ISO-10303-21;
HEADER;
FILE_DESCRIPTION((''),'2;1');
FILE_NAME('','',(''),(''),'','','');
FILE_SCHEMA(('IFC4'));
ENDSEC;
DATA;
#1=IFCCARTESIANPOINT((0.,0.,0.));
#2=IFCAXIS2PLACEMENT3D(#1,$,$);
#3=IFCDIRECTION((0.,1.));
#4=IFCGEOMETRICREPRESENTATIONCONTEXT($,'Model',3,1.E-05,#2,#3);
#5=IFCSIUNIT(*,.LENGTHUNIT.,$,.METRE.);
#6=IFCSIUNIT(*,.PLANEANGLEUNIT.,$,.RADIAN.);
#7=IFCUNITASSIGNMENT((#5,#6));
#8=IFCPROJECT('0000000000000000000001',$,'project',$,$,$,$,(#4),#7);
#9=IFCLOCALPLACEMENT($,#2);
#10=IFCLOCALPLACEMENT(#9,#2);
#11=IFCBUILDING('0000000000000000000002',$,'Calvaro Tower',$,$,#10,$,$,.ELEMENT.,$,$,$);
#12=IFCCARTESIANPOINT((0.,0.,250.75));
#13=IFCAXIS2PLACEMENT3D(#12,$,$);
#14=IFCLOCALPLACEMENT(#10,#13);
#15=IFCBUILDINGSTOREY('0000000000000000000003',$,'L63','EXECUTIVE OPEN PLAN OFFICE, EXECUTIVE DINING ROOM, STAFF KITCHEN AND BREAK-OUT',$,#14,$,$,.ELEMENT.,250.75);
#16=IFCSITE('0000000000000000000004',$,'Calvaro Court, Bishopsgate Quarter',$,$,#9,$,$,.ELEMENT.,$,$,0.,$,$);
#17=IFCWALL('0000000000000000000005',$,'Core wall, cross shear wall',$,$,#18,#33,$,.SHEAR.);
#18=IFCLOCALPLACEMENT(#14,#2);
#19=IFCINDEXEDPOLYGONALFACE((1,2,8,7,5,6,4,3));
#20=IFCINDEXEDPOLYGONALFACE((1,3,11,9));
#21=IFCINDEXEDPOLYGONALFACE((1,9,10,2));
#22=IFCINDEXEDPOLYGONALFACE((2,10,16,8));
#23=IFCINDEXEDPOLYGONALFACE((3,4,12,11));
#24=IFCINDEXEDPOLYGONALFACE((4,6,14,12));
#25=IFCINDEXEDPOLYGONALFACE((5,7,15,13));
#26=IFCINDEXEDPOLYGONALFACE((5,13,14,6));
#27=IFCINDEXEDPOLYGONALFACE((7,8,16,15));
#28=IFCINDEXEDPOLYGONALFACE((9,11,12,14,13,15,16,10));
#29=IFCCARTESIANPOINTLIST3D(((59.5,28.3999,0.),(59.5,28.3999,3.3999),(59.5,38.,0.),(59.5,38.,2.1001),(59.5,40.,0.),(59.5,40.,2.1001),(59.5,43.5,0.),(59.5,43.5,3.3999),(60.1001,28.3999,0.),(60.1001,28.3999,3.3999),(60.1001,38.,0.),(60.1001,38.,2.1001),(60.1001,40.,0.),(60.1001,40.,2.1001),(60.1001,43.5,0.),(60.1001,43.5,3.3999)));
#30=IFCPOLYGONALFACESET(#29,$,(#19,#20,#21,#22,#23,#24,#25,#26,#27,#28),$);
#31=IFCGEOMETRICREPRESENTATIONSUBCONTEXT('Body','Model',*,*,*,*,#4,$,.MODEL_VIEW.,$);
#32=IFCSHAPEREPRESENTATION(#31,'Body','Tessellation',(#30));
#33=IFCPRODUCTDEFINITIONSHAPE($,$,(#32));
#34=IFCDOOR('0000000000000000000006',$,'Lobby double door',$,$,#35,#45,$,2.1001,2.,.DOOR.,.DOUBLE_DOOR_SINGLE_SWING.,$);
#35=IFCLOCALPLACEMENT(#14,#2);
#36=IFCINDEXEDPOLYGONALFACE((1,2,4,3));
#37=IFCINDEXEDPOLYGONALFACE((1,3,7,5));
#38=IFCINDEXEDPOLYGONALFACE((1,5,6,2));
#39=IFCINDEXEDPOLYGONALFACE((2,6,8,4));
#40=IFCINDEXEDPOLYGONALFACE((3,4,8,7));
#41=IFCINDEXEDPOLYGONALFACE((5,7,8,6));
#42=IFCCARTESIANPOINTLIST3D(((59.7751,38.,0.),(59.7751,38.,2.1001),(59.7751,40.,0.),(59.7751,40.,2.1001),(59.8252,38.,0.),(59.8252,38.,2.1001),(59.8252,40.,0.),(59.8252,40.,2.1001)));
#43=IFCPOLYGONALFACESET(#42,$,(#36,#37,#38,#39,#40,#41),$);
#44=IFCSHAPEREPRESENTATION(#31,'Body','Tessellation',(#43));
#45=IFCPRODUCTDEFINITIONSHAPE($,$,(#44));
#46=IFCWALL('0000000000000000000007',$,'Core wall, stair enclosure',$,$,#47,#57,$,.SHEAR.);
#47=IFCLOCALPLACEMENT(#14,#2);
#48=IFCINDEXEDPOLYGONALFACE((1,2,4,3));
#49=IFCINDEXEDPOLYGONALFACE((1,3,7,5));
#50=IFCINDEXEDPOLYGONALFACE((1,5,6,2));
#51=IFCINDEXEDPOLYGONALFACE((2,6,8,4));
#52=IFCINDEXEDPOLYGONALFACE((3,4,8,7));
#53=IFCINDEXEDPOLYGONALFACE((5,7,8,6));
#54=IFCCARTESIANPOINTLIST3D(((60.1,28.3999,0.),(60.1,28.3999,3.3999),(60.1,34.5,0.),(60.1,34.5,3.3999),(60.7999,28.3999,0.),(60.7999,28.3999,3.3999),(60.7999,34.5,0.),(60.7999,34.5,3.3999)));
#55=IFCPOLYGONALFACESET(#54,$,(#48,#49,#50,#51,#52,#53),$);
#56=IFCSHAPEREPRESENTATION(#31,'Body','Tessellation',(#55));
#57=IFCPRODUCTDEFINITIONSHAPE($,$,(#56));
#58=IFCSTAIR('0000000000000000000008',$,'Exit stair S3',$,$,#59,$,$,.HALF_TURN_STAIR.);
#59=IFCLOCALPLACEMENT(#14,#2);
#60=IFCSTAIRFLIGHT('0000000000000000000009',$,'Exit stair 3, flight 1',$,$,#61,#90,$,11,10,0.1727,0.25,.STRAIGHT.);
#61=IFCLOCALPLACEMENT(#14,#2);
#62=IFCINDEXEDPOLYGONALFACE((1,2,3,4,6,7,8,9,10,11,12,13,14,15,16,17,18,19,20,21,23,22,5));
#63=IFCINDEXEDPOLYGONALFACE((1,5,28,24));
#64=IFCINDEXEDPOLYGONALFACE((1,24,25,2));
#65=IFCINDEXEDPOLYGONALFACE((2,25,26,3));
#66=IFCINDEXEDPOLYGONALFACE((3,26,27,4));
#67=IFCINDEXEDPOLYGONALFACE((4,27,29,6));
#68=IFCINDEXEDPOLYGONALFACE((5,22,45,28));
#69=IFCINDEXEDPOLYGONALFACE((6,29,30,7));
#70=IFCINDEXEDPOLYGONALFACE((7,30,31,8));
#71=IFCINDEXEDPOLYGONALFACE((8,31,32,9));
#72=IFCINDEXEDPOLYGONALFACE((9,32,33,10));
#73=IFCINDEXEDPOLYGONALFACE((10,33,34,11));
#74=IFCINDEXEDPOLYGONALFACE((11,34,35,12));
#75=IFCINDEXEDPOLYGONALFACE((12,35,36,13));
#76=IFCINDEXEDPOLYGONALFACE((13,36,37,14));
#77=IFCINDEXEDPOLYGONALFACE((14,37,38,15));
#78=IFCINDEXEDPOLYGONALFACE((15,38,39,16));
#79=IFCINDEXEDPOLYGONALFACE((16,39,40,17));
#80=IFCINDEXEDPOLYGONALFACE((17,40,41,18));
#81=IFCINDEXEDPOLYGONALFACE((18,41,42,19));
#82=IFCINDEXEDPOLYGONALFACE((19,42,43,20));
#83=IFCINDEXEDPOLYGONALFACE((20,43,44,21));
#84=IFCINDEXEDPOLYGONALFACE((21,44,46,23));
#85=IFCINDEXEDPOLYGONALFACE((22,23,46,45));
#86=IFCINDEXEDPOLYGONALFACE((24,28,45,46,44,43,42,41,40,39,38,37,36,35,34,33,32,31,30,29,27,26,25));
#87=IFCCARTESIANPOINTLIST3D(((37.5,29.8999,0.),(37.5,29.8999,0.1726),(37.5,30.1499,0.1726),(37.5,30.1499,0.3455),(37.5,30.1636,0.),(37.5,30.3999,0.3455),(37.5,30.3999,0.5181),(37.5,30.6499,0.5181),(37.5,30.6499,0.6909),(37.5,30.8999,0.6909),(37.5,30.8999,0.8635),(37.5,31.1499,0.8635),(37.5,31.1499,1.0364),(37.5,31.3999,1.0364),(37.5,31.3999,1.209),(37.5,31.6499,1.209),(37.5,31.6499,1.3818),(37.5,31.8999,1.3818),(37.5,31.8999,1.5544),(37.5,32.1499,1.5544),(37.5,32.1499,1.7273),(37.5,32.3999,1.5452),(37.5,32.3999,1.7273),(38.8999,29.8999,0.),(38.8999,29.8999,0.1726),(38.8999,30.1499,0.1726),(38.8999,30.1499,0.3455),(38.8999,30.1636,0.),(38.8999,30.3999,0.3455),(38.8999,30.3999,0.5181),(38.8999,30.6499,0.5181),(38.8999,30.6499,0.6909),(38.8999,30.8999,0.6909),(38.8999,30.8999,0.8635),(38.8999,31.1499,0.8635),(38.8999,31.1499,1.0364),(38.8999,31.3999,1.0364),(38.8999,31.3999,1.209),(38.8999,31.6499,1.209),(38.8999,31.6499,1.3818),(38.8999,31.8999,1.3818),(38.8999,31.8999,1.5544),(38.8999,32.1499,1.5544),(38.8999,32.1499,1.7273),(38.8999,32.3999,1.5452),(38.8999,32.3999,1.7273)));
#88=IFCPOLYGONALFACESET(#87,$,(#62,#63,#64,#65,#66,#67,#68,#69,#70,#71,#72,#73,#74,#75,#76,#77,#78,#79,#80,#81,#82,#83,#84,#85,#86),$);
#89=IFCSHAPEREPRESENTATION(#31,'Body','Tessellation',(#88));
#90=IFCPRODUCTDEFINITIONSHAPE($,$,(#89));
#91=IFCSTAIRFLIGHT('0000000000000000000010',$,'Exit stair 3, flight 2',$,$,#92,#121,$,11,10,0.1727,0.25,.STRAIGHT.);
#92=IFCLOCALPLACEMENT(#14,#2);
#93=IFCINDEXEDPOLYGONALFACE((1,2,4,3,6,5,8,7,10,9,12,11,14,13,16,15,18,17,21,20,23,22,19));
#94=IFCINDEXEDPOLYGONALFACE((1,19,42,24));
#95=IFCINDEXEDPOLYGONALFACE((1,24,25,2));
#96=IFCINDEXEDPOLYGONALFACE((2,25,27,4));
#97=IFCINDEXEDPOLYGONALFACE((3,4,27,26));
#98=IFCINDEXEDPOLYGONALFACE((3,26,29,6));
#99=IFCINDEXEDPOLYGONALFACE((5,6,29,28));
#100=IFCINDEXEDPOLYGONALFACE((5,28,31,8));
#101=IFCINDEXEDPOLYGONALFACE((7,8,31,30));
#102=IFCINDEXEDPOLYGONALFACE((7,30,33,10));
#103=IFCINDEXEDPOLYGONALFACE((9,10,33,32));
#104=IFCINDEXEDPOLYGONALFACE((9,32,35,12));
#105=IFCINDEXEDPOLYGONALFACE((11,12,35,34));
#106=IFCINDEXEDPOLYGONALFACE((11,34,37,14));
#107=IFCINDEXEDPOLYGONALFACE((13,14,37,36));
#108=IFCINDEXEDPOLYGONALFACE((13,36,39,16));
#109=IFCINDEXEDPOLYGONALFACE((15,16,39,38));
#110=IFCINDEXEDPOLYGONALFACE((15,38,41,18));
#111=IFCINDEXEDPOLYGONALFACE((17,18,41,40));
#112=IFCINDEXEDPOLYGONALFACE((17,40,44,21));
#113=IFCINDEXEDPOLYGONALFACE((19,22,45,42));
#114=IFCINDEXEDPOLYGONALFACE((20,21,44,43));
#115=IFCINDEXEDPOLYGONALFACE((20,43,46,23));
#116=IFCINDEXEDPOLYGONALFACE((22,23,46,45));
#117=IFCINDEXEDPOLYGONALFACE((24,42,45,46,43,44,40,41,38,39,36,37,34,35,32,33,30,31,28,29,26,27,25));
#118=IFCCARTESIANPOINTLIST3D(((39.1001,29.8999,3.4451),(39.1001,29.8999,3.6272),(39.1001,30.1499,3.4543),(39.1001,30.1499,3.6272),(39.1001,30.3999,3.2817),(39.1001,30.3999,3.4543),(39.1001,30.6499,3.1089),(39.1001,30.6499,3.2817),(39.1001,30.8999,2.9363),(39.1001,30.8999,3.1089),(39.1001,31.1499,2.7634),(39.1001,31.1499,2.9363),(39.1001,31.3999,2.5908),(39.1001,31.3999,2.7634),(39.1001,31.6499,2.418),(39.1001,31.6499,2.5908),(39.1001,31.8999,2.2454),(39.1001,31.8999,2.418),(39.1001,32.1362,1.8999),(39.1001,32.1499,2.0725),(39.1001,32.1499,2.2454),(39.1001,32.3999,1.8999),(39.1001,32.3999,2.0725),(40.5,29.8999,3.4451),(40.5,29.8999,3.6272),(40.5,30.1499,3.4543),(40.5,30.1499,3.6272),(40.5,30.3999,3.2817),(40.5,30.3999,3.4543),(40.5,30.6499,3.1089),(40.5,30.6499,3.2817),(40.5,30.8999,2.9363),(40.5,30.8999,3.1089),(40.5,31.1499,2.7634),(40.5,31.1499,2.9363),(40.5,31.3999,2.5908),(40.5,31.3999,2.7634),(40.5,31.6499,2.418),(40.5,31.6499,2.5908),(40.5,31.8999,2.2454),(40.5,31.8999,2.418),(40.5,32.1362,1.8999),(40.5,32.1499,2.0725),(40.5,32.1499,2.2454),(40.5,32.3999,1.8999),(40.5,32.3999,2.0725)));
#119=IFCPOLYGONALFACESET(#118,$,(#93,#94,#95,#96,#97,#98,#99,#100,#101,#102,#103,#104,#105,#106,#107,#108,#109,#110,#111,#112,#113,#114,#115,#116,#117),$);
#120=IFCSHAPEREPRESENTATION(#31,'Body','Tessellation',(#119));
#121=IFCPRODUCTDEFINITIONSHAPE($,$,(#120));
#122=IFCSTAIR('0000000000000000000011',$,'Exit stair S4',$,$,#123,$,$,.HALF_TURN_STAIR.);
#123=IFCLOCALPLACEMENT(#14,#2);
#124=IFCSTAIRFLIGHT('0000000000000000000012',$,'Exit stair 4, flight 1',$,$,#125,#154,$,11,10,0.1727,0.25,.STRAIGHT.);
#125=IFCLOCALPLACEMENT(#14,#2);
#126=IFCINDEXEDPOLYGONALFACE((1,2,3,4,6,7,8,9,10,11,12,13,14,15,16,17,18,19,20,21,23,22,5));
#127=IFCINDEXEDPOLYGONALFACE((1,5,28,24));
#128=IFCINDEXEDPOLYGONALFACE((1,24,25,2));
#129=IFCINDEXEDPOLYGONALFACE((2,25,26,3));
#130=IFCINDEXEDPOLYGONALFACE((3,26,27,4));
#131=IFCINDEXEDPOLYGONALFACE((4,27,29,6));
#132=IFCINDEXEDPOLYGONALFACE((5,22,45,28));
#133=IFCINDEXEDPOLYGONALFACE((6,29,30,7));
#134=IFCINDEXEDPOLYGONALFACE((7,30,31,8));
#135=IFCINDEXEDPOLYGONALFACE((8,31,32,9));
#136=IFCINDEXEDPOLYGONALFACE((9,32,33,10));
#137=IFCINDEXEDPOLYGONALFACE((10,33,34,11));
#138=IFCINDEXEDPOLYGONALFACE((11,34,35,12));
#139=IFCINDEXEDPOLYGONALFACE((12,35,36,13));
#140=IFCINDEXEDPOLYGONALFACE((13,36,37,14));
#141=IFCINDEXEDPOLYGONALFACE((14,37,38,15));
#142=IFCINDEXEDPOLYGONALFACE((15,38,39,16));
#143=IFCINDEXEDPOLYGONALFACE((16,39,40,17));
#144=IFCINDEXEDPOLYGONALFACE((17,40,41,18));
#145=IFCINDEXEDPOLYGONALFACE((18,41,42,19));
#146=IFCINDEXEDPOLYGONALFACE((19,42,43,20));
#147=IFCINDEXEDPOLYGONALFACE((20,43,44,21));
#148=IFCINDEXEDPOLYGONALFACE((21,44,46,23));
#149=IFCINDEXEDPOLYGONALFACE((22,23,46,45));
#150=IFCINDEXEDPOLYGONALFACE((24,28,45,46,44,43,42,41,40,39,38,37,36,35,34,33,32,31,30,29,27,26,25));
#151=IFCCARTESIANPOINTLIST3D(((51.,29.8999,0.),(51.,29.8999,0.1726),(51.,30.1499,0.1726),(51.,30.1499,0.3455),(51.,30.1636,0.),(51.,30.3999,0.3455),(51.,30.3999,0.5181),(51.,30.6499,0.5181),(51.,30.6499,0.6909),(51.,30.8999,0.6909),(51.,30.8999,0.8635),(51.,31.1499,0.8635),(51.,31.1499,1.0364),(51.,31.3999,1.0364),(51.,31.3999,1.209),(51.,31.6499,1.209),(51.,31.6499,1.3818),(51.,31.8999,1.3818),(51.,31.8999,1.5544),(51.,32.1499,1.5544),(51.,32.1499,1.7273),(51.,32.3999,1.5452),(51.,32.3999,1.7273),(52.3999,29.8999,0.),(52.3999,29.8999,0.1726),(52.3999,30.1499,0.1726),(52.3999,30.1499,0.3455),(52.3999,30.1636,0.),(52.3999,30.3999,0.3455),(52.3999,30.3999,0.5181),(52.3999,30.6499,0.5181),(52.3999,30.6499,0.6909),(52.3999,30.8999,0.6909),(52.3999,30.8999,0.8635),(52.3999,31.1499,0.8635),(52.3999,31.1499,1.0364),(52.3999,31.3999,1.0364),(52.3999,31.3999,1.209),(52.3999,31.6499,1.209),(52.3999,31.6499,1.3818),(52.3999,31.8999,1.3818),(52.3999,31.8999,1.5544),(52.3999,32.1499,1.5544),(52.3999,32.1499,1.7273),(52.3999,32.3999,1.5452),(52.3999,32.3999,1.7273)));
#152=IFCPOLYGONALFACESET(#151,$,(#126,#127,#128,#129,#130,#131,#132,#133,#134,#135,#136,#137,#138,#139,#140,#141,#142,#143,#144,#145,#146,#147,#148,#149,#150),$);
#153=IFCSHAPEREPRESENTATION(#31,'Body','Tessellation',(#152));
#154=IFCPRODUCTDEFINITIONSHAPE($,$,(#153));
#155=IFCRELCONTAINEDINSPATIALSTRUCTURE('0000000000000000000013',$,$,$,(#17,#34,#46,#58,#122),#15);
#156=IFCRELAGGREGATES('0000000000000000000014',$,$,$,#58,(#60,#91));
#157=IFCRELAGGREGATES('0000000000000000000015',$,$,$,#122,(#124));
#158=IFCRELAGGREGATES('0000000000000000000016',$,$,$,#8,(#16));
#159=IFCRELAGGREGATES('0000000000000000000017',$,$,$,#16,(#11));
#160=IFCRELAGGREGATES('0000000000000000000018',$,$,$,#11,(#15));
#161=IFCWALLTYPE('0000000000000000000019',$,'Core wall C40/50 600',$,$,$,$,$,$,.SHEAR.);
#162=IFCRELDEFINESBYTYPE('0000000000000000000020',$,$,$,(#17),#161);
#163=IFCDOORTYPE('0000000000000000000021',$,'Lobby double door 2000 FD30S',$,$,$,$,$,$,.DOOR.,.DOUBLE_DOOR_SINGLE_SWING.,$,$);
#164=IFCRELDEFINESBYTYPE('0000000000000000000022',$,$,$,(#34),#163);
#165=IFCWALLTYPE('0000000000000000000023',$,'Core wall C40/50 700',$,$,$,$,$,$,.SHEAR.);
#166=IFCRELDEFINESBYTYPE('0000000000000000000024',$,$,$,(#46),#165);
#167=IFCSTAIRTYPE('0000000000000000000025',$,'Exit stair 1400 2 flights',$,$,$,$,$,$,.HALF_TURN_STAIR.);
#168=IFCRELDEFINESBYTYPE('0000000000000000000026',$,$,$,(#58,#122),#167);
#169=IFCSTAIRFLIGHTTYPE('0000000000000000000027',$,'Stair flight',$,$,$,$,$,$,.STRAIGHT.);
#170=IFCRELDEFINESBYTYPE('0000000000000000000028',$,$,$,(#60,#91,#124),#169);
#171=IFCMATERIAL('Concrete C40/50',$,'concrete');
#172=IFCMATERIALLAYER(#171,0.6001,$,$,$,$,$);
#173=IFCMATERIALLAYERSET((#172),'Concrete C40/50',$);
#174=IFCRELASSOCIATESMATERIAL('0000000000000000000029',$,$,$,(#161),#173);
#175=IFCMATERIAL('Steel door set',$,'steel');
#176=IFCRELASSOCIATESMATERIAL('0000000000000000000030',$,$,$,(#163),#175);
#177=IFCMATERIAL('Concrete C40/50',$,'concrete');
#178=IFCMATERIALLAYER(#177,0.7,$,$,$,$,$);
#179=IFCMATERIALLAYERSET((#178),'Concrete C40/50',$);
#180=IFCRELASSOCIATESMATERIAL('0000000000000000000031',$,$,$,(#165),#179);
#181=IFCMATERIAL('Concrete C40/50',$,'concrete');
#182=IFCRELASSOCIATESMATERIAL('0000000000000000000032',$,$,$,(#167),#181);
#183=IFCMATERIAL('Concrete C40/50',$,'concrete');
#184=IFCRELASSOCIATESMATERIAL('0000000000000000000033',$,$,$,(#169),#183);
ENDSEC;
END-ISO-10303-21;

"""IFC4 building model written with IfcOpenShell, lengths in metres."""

from ifc_helpers import new_model, si_unit, direction, frame, frame_2d, origin, place, context, subcontext, project, spatial, polyline, rectangle, outline, extrude, material, layer, layer_set, type_object, element, fill, aggregate, save


model = new_model("IFC4")

# Units and contexts
model_context = context("Model", 3, precision=1e-05, world=origin(), true_north=direction((0.0, 1.0)))
body_context = subcontext(model_context, "Body", "Model", "MODEL_VIEW")
ifc_project = project(units=[si_unit("LENGTHUNIT", "METRE"), si_unit("PLANEANGLEUNIT", "RADIAN")], contexts=[model_context])

# Site, building, storey
site_placement = place(None, origin())
site = spatial("IfcSite", under=ifc_project, at=site_placement, Name="Calvaro Court, Bishopsgate Quarter", CompositionType="ELEMENT", RefElevation=0.0)
building_placement = place(site_placement, origin())
building = spatial("IfcBuilding", under=site, at=building_placement, Name="Calvaro Tower", CompositionType="ELEMENT")
storey_placement = place(building_placement, frame((0.0, 0.0, 250.75)))
storey = spatial("IfcBuildingStorey", under=building, at=storey_placement, Name="L63", Description="EXECUTIVE OPEN PLAN OFFICE, EXECUTIVE DINING ROOM, STAFF KITCHEN AND BREAK-OUT", CompositionType="ELEMENT", Elevation=250.75)

# Wall, opening, door
ifc_material_1 = material(Name="Concrete C40/50", Category="concrete")
ifc_layer_1 = layer(ifc_material_1, 0.6001)
ifc_layer_set_1 = layer_set([ifc_layer_1], Name="Concrete C40/50")
wall_type_1 = type_object("IfcWallType", Name="Core wall C40/50 600", PredefinedType="SHEAR", material=ifc_layer_set_1)
wall_1_placement = place(storey_placement, frame((59.8, 28.3999, 0.0), z_axis=(0.0, 0.0, 1.0), x_axis=(0.0, 1.0, 0.0)))
wall_1 = element("IfcWall", 1, at=wall_1_placement, inside=storey, type_object=wall_type_1, Name="Core wall, cross shear wall", PredefinedType="SHEAR", context=body_context, shape_type="SweptSolid", body=[
    extrude(rectangle(XDim=15.1001, YDim=0.6001, at=frame_2d((7.55, 0.0))), origin(), (0.0, 0.0, 1.0), 3.3999),
])
opening_placement = place(wall_1_placement, frame((9.6001, 0.0, 0.0)))
opening = element("IfcOpeningElement", 2, at=opening_placement, cuts=wall_1, PredefinedType="OPENING", context=body_context, shape_type="SweptSolid", body=[
    extrude(rectangle(XDim=2.0, YDim=2.1001, at=frame_2d((1.0, 1.05))), frame((0.0, 0.3101, 0.0), z_axis=(0.0, -1.0, 0.0), x_axis=(1.0, 0.0, 0.0)), (0.0, 0.0, 1.0), 0.6201),
])
ifc_material_2 = material(Name="Steel door set", Category="steel")
door_type = type_object("IfcDoorType", Name="Lobby double door 2000 FD30S", OperationType="DOUBLE_DOOR_SINGLE_SWING", PredefinedType="DOOR", material=ifc_material_2)
door_placement = place(opening_placement, origin())
door = element("IfcDoor", 3, at=door_placement, inside=storey, type_object=door_type, Name="Lobby double door", OperationType="DOUBLE_DOOR_SINGLE_SWING", OverallHeight=2.1001, OverallWidth=2.0, PredefinedType="DOOR", context=body_context, shape_type="SweptSolid", body=[
    extrude(rectangle(XDim=2.0, YDim=2.1001, at=frame_2d((1.0, 1.05))), frame((0.0, 0.0249, 0.0), z_axis=(0.0, -1.0, 0.0), x_axis=(1.0, 0.0, 0.0)), (0.0, 0.0, 1.0), 0.05),
])
fill(opening, door)

# Wall
ifc_material_3 = material(Name="Concrete C40/50", Category="concrete")
ifc_layer_2 = layer(ifc_material_3, 0.7)
ifc_layer_set_2 = layer_set([ifc_layer_2], Name="Concrete C40/50")
wall_type_2 = type_object("IfcWallType", Name="Core wall C40/50 700", PredefinedType="SHEAR", material=ifc_layer_set_2)
wall_2_placement = place(storey_placement, frame((60.45, 28.3999, 0.0), z_axis=(0.0, 0.0, 1.0), x_axis=(0.0, 1.0, 0.0)))
element("IfcWall", 4, at=wall_2_placement, inside=storey, type_object=wall_type_2, Name="Core wall, stair enclosure", PredefinedType="SHEAR", context=body_context, shape_type="SweptSolid", body=[
    extrude(rectangle(XDim=6.1001, YDim=0.7, at=frame_2d((3.05, 0.0))), origin(), (0.0, 0.0, 1.0), 3.3999),
])

# Stairs, stair flights
ifc_material_4 = material(Name="Concrete C40/50", Category="concrete")
stair_type = type_object("IfcStairType", Name="Exit stair 1400 2 flights", PredefinedType="HALF_TURN_STAIR", material=ifc_material_4)
stair_1_placement = place(storey_placement, origin())
stair_1 = element("IfcStair", 5, at=stair_1_placement, inside=storey, type_object=stair_type, Name="Exit stair S3", PredefinedType="HALF_TURN_STAIR")
ifc_material_5 = material(Name="Concrete C40/50", Category="concrete")
stair_flight_type = type_object("IfcStairFlightType", Name="Stair flight", PredefinedType="STRAIGHT", material=ifc_material_5)
stair_flight_1_placement = place(storey_placement, frame((38.2, 29.8999, 0.0), z_axis=(0.0, 0.0, 1.0), x_axis=(0.0, 1.0, 0.0)))
stair_flight_1 = element("IfcStairFlight", 6, at=stair_flight_1_placement, type_object=stair_flight_type, Name="Exit stair 3, flight 1", NumberOfRisers=11, NumberOfTreads=10, PredefinedType="STRAIGHT", RiserHeight=0.1727, TreadLength=0.25, context=body_context, shape_type="SweptSolid", body=[
    extrude(outline(polyline([(0.0, 0.0), (0.0, 0.1726), (0.25, 0.1726), (0.25, 0.3455), (0.5, 0.3455), (0.5, 0.5181), (0.75, 0.5181), (0.75, 0.6909), (1.0, 0.6909), (1.0, 0.8635), (1.25, 0.8635), (1.25, 1.0364), (1.5, 1.0364), (1.5, 1.209), (1.75, 1.209), (1.75, 1.3818), (2.0, 1.3818), (2.0, 1.5544), (2.25, 1.5544), (2.25, 1.7273), (2.5, 1.7273), (2.5, 1.8999), (2.5, 1.5452), (0.2637, 0.0), (0.0, 0.0)])), frame((0.0, 0.7, 0.0), z_axis=(0.0, -1.0, 0.0), x_axis=(1.0, 0.0, 0.0)), (0.0, 0.0, 1.0), 1.3999),
])
stair_flight_2_placement = place(storey_placement, frame((39.8, 32.3999, 1.8999), z_axis=(0.0, 0.0, 1.0), x_axis=(0.0, -1.0, 0.0)))
stair_flight_2 = element("IfcStairFlight", 7, at=stair_flight_2_placement, type_object=stair_flight_type, Name="Exit stair 3, flight 2", NumberOfRisers=11, NumberOfTreads=10, PredefinedType="STRAIGHT", RiserHeight=0.1727, TreadLength=0.25, context=body_context, shape_type="SweptSolid", body=[
    extrude(outline(polyline([(0.0, 0.0), (0.0, 0.1726), (0.25, 0.1726), (0.25, 0.3455), (0.5, 0.3455), (0.5, 0.5181), (0.75, 0.5181), (0.75, 0.6909), (1.0, 0.6909), (1.0, 0.8635), (1.25, 0.8635), (1.25, 1.0364), (1.5, 1.0364), (1.5, 1.209), (1.75, 1.209), (1.75, 1.3818), (2.0, 1.3818), (2.0, 1.5544), (2.25, 1.5544), (2.25, 1.7273), (2.5, 1.7273), (2.5, 1.8999), (2.5, 1.5452), (0.2637, 0.0), (0.0, 0.0)])), frame((0.0, 0.7, 0.0), z_axis=(0.0, -1.0, 0.0), x_axis=(1.0, 0.0, 0.0)), (0.0, 0.0, 1.0), 1.3999),
])
stair_2_placement = place(storey_placement, origin())
stair_2 = element("IfcStair", 8, at=stair_2_placement, inside=storey, type_object=stair_type, Name="Exit stair S4", PredefinedType="HALF_TURN_STAIR")
stair_flight_3_placement = place(storey_placement, frame((51.7, 29.8999, 0.0), z_axis=(0.0, 0.0, 1.0), x_axis=(0.0, 1.0, 0.0)))
stair_flight_3 = element("IfcStairFlight", 9, at=stair_flight_3_placement, type_object=stair_flight_type, Name="Exit stair 4, flight 1", NumberOfRisers=11, NumberOfTreads=10, PredefinedType="STRAIGHT", RiserHeight=0.1727, TreadLength=0.25, context=body_context, shape_type="SweptSolid", body=[
    extrude(outline(polyline([(0.0, 0.0), (0.0, 0.1726), (0.25, 0.1726), (0.25, 0.3455), (0.5, 0.3455), (0.5, 0.5181), (0.75, 0.5181), (0.75, 0.6909), (1.0, 0.6909), (1.0, 0.8635), (1.25, 0.8635), (1.25, 1.0364), (1.5, 1.0364), (1.5, 1.209), (1.75, 1.209), (1.75, 1.3818), (2.0, 1.3818), (2.0, 1.5544), (2.25, 1.5544), (2.25, 1.7273), (2.5, 1.7273), (2.5, 1.8999), (2.5, 1.5452), (0.2637, 0.0), (0.0, 0.0)])), frame((0.0, 0.7, 0.0), z_axis=(0.0, -1.0, 0.0), x_axis=(1.0, 0.0, 0.0)), (0.0, 0.0, 1.0), 1.3999),
])

aggregate(stair_1, [stair_flight_1, stair_flight_2])
aggregate(stair_2, [stair_flight_3])

save(model, "model.ifc")
